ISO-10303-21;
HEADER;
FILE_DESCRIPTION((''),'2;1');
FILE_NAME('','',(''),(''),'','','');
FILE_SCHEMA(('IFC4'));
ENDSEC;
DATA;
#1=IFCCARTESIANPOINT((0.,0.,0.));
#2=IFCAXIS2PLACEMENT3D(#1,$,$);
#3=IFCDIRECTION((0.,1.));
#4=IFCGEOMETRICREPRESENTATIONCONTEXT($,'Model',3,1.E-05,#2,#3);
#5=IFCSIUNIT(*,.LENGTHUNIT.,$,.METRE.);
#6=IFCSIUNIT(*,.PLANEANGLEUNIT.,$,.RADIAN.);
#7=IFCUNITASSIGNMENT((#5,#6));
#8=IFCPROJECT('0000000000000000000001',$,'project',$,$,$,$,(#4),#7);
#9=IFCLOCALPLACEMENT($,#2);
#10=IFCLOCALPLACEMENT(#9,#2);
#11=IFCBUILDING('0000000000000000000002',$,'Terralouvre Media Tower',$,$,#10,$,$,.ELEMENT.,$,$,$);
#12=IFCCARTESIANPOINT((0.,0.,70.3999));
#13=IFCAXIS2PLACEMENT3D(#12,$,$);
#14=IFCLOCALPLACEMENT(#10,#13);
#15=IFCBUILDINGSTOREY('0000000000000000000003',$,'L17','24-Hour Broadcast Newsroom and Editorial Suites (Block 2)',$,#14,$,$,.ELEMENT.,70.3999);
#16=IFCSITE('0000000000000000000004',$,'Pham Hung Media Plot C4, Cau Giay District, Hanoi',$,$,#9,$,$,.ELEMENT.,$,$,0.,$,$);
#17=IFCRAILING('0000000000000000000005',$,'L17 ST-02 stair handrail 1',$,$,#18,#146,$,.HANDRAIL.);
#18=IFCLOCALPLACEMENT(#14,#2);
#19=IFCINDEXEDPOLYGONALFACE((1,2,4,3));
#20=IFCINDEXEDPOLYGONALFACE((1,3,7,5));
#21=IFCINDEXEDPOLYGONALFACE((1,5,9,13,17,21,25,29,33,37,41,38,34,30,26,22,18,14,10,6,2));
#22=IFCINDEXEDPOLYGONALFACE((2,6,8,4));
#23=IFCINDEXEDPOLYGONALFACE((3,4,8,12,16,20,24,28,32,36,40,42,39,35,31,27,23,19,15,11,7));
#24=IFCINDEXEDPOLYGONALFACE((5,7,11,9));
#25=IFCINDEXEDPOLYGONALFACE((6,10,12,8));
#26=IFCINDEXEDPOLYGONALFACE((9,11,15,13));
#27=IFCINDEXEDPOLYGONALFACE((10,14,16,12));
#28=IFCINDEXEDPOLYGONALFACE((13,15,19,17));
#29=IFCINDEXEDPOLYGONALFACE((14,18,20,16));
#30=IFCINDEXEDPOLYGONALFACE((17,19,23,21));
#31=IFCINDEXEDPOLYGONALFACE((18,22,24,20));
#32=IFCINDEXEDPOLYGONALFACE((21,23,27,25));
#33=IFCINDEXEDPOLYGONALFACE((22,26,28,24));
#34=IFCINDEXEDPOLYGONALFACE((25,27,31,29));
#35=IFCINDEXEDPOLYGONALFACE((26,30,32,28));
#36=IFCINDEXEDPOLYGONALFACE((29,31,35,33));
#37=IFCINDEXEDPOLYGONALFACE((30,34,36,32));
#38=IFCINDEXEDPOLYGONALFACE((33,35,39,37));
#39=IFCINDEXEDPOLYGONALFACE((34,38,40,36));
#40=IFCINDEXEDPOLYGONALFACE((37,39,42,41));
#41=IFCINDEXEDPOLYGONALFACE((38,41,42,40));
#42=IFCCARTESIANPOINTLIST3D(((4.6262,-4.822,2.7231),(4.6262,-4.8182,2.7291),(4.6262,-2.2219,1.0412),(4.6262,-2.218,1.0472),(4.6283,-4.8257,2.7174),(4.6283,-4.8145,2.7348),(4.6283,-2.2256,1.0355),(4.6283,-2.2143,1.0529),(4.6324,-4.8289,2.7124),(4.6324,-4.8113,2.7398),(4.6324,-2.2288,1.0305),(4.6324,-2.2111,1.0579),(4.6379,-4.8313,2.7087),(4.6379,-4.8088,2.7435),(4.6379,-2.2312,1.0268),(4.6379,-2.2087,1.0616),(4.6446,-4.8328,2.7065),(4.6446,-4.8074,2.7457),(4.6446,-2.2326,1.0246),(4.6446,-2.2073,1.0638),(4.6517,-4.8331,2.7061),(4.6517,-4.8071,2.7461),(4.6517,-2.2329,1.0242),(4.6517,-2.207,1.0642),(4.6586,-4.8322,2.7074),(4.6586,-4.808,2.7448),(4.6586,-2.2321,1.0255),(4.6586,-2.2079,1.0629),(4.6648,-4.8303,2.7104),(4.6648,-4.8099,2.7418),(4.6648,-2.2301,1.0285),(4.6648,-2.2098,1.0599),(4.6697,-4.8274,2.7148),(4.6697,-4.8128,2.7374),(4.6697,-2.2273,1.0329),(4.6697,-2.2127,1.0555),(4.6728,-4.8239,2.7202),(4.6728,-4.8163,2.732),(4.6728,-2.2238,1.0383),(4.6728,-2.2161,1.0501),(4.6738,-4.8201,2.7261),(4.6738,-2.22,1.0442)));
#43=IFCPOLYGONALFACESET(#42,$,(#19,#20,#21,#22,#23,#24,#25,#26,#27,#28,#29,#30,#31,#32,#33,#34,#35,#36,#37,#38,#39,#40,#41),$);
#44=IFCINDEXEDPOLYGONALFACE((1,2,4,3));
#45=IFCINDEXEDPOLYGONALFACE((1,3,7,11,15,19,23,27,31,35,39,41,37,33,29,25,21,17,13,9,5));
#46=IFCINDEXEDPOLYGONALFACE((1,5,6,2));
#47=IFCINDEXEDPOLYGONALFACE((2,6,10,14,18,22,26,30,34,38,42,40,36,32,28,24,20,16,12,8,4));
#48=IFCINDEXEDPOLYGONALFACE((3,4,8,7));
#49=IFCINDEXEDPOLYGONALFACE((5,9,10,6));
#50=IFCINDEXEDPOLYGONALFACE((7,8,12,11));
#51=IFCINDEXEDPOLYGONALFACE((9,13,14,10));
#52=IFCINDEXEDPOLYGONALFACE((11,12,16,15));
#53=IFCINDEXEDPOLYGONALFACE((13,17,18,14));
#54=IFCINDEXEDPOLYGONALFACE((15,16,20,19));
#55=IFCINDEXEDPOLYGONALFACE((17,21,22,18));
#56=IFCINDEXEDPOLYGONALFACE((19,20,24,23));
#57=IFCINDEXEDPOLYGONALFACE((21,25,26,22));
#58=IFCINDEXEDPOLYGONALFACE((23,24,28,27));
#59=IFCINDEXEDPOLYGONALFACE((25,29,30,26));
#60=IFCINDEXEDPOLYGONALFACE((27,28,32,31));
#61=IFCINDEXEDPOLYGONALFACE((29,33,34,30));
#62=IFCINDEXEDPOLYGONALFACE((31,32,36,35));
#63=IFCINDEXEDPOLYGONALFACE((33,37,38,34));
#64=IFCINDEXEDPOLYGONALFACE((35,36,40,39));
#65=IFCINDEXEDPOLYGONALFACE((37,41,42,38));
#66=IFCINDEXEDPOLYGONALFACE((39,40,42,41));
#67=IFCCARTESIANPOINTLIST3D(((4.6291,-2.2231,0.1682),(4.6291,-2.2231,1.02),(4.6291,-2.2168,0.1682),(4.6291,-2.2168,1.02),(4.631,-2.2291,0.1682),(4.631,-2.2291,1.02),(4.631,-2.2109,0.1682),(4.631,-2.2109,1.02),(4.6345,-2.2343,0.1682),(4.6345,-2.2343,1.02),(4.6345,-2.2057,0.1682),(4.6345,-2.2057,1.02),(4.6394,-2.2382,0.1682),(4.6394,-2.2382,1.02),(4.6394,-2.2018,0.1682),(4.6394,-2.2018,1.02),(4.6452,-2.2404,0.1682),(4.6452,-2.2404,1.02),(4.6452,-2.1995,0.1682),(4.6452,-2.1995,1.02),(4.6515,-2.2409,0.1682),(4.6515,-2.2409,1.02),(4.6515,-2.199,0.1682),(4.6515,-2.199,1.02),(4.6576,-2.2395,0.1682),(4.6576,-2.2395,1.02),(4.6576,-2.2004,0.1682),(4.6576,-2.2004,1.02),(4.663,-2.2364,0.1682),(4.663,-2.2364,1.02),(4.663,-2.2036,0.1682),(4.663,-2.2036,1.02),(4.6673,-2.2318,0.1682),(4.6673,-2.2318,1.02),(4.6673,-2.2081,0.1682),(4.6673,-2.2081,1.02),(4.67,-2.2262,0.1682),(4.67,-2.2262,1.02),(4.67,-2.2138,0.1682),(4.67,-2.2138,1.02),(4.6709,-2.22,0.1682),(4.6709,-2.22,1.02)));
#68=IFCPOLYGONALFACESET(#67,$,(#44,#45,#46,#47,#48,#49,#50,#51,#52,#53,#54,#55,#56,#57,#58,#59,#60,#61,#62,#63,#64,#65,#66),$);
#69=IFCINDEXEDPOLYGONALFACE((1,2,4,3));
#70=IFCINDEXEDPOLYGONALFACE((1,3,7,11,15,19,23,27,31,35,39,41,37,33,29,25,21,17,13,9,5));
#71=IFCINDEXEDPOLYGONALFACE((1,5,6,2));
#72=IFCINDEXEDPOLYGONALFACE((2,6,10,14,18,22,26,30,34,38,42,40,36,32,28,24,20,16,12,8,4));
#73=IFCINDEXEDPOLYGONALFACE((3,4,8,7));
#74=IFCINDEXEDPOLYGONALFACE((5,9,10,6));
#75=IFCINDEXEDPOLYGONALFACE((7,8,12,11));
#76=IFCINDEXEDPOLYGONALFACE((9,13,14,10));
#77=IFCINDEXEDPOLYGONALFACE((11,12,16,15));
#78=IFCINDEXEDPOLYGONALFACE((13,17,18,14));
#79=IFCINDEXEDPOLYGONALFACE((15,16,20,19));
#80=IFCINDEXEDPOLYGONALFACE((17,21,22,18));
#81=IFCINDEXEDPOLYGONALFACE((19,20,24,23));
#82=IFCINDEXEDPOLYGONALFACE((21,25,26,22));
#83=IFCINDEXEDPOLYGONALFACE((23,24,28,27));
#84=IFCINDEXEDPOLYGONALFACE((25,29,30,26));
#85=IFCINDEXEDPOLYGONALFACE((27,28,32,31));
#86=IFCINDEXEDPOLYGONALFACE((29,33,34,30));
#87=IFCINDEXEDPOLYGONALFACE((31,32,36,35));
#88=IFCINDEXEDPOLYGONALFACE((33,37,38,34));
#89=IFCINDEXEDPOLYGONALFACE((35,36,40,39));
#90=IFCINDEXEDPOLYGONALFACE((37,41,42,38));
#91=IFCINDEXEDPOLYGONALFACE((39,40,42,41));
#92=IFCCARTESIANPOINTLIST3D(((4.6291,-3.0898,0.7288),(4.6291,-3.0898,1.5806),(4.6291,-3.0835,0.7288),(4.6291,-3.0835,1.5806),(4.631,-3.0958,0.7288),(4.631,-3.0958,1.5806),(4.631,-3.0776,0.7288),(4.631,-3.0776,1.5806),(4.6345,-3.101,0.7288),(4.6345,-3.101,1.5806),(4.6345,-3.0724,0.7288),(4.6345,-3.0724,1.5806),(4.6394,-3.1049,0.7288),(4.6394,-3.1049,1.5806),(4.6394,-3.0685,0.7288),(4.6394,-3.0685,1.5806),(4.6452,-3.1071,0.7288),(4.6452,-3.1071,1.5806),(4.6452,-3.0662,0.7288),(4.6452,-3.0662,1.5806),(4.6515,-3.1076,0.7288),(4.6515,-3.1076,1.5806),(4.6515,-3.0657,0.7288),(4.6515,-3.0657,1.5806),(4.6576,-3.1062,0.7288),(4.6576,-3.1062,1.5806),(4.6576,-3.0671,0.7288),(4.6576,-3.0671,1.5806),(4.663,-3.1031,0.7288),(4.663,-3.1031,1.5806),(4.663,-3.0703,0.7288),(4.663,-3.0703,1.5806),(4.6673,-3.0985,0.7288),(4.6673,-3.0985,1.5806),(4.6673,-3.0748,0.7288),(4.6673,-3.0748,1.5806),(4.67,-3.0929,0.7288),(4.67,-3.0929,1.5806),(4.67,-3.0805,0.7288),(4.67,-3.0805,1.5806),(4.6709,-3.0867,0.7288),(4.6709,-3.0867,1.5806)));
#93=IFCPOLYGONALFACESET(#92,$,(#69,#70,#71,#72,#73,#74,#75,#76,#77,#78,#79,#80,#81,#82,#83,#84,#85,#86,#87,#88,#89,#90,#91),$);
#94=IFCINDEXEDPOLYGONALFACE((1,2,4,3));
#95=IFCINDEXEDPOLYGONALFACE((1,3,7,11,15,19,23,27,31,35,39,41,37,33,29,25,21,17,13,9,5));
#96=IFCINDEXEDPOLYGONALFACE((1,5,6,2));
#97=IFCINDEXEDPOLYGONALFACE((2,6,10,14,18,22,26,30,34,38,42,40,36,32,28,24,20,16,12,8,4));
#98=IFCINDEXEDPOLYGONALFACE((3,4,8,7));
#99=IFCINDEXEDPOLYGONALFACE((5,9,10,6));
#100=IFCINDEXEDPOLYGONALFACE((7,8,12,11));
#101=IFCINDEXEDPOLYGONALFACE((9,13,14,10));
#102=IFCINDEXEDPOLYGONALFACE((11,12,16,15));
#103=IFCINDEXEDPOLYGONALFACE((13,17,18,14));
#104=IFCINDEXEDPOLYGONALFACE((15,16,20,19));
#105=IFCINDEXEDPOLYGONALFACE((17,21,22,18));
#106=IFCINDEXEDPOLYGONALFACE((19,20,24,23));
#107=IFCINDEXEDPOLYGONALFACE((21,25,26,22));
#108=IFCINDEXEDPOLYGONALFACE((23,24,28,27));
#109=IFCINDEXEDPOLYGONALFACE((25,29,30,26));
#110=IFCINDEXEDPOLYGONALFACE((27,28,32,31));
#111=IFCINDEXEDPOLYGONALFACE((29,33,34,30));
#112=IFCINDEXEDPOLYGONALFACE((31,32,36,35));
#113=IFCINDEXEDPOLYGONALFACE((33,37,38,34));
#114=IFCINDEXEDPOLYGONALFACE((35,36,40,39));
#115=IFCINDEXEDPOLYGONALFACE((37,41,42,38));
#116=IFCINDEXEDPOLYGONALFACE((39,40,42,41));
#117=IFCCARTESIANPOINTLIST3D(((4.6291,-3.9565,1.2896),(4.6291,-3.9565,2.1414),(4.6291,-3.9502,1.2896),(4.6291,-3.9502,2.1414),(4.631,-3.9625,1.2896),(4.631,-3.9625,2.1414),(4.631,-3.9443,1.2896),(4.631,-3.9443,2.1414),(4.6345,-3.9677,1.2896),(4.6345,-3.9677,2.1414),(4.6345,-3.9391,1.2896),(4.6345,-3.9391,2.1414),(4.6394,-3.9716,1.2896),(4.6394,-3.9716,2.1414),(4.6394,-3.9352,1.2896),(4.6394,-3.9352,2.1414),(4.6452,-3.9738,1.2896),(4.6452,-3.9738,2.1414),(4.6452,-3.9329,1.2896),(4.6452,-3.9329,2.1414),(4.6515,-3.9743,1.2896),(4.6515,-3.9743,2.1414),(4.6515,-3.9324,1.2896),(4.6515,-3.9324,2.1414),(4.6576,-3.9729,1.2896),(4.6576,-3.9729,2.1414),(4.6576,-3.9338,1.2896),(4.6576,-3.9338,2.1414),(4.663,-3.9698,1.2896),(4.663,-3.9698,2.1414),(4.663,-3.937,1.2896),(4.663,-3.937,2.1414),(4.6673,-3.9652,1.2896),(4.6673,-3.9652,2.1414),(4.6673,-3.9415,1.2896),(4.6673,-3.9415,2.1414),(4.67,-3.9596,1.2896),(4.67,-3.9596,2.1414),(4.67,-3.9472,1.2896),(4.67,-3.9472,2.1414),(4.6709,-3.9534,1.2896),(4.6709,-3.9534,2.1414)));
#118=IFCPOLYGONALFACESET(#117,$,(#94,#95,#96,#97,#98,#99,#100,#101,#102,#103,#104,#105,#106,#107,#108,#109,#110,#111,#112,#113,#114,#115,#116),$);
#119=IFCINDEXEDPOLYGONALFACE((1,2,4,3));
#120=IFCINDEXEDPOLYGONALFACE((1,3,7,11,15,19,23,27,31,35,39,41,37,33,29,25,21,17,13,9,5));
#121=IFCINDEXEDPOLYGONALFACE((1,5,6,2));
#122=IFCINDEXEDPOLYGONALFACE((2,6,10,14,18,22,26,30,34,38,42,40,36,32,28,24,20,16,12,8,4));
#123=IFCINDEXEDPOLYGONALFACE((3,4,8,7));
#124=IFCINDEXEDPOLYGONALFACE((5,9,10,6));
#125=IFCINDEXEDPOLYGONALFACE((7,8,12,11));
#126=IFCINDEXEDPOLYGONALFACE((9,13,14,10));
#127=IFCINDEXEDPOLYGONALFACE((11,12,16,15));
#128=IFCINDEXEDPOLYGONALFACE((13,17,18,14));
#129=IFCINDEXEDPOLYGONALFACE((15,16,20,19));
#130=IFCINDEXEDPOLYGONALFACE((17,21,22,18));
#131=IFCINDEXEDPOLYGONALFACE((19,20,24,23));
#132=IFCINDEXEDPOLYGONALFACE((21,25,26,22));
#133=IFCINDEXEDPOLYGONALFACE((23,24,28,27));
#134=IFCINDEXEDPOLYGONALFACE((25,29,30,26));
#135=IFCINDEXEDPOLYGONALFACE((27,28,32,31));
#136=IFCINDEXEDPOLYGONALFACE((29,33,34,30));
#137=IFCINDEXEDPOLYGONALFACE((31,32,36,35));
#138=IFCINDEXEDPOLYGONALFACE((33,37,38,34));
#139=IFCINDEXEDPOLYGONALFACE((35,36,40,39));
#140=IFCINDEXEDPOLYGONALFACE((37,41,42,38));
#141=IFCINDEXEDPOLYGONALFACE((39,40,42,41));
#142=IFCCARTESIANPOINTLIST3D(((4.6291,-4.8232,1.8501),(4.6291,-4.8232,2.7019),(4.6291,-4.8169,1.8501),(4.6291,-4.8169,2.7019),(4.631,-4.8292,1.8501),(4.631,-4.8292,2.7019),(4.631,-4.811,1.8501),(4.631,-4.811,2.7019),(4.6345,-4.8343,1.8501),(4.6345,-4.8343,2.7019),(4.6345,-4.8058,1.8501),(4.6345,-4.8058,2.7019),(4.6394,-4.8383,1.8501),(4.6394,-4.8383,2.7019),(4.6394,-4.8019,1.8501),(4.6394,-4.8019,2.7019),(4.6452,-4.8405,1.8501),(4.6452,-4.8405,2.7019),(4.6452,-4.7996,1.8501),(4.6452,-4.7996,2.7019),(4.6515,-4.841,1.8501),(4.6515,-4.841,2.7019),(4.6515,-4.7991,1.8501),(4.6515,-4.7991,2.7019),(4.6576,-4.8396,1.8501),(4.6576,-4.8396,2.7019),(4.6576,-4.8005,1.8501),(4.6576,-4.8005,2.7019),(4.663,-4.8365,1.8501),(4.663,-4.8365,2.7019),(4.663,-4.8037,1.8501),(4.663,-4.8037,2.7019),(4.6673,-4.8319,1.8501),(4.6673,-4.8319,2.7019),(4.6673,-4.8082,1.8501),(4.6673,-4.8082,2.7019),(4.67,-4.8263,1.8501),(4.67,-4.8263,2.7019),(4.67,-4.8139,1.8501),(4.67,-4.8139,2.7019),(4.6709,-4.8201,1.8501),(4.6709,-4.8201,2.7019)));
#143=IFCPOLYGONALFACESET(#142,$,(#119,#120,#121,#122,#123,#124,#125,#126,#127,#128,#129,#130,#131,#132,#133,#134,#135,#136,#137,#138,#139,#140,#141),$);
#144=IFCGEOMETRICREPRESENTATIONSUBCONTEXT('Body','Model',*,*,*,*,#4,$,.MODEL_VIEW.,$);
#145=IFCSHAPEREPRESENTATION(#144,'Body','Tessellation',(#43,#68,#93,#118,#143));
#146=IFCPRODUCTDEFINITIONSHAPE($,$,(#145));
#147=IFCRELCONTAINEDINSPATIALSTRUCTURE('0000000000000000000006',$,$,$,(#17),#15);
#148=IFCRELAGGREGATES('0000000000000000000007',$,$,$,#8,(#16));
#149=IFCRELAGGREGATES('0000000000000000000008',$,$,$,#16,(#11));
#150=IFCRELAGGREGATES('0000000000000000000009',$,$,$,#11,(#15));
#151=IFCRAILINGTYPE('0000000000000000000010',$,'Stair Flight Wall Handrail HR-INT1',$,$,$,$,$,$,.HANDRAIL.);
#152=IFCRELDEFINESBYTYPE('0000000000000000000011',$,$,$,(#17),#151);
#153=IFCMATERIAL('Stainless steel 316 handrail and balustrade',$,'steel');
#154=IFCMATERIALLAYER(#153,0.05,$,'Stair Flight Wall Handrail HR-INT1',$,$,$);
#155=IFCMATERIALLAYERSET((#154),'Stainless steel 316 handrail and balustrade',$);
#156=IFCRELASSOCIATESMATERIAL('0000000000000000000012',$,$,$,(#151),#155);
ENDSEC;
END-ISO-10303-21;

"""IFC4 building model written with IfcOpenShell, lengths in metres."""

from ifc_helpers import new_model, si_unit, direction, frame, origin, origin_2d, place, context, subcontext, project, spatial, circle, extrude, material, layer, layer_set, type_object, element, save


model = new_model("IFC4")

# Units and contexts
model_context = context("Model", 3, precision=1e-05, world=origin(), true_north=direction((0.0, 1.0)))
body_context = subcontext(model_context, "Body", "Model", "MODEL_VIEW")
ifc_project = project(units=[si_unit("LENGTHUNIT", "METRE"), si_unit("PLANEANGLEUNIT", "RADIAN")], contexts=[model_context])

# Site, building, storey
site_placement = place(None, origin())
site = spatial("IfcSite", under=ifc_project, at=site_placement, Name="Pham Hung Media Plot C4, Cau Giay District, Hanoi", CompositionType="ELEMENT", RefElevation=0.0)
building_placement = place(site_placement, origin())
building = spatial("IfcBuilding", under=site, at=building_placement, Name="Terralouvre Media Tower", CompositionType="ELEMENT")
storey_placement = place(building_placement, frame((0.0, 0.0, 70.3999)))
storey = spatial("IfcBuildingStorey", under=building, at=storey_placement, Name="L17", Description="24-Hour Broadcast Newsroom and Editorial Suites (Block 2)", CompositionType="ELEMENT", Elevation=70.3999)

# Railing
ifc_material_1 = material(Name="Stainless steel 316 handrail and balustrade", Category="steel")
ifc_layer_1 = layer(ifc_material_1, 0.05, Name="Stair Flight Wall Handrail HR-INT1")
ifc_layer_set_1 = layer_set([ifc_layer_1], Name="Stainless steel 316 handrail and balustrade")
railing_type_1 = type_object("IfcRailingType", Name="Stair Flight Wall Handrail HR-INT1", PredefinedType="HANDRAIL", material=ifc_layer_set_1)
railing_1_placement = place(storey_placement, frame((4.6499, -2.22, 0.1682)))
element("IfcRailing", 1, at=railing_1_placement, inside=storey, type_object=railing_type_1, Name="L17 ST-02 stair handrail 1", PredefinedType="HANDRAIL", context=body_context, shape_type="SweptSolid", body=[
    extrude(circle(Radius=0.0239, at=origin_2d()), frame((0.0, 0.0, 0.876), z_axis=(0.0, -0.839648, 0.54313), x_axis=(1.0, 0.0, 0.0)), (0.0, 0.0, 1.0), 3.0967),
    extrude(circle(Radius=0.021, at=origin_2d()), origin(), (0.0, 0.0, 1.0), 0.8518),
    extrude(circle(Radius=0.021, at=origin_2d()), frame((0.0, -0.8667, 0.5605)), (0.0, 0.0, 1.0), 0.8518),
    extrude(circle(Radius=0.021, at=origin_2d()), frame((0.0, -1.7334, 1.1213)), (0.0, 0.0, 1.0), 0.8518),
    extrude(circle(Radius=0.021, at=origin_2d()), frame((0.0, -2.6001, 1.6819)), (0.0, 0.0, 1.0), 0.8518),
])

save(model, "model.ifc")
